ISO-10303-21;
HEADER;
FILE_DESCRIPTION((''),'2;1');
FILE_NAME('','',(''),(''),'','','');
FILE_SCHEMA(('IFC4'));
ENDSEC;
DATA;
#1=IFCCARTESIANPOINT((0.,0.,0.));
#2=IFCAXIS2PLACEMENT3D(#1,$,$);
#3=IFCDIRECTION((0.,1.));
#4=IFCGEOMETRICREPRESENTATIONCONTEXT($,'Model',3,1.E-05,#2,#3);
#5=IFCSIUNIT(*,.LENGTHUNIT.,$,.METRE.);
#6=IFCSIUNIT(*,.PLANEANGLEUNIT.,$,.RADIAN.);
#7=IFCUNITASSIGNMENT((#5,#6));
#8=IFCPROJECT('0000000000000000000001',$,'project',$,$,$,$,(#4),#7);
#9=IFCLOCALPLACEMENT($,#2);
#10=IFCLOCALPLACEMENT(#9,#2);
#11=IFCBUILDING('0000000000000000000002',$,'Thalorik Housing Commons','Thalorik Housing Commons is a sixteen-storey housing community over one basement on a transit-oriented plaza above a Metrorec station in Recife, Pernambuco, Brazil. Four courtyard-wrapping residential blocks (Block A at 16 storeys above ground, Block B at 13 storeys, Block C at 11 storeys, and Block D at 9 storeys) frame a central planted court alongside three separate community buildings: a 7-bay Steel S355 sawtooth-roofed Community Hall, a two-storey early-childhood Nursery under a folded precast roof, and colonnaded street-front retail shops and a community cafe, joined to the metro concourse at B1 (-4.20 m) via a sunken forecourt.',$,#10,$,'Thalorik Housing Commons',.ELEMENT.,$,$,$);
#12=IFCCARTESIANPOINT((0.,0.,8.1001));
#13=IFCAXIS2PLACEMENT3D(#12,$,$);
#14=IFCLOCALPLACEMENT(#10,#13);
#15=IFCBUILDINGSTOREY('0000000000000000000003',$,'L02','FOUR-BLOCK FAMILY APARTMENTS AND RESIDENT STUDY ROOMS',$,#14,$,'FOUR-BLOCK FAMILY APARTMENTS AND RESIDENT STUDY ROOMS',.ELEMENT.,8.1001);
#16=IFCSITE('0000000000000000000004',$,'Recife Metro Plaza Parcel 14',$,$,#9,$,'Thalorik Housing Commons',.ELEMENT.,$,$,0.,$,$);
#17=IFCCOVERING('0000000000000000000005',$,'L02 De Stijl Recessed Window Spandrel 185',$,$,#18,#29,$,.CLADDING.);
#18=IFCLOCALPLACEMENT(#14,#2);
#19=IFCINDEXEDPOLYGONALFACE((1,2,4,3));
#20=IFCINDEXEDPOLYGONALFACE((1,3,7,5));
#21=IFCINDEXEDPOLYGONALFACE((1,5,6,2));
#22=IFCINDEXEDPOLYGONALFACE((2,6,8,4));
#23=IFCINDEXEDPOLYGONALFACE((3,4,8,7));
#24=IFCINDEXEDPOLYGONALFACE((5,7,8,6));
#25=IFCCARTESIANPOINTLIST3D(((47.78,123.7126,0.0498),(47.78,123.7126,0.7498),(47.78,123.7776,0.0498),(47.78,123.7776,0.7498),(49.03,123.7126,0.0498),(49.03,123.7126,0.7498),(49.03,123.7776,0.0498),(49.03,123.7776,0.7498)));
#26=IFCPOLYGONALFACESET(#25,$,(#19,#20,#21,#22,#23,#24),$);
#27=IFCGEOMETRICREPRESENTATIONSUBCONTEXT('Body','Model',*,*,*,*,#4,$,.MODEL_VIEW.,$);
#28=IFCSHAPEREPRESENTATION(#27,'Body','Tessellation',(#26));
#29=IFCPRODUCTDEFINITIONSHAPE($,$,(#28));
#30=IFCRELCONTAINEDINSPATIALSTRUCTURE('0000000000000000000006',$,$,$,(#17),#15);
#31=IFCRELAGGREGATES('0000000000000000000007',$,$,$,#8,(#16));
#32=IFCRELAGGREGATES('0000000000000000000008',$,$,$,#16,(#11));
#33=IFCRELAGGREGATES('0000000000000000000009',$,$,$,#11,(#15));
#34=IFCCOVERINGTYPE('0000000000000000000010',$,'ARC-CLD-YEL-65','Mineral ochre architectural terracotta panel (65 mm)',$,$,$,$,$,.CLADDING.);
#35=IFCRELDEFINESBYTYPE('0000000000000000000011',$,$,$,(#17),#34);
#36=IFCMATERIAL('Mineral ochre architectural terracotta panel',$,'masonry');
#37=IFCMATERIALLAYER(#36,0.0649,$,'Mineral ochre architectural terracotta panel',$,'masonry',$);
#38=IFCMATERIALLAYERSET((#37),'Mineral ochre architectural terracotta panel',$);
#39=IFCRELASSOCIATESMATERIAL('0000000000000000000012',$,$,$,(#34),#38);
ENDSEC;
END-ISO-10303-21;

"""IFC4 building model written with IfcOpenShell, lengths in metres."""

from ifc_helpers import new_model, si_unit, direction, frame, origin, origin_2d, place, context, subcontext, project, spatial, rectangle, extrude, material, layer, layer_set, type_object, element, save


model = new_model("IFC4")

# Units and contexts
model_context = context("Model", 3, precision=1e-05, world=origin(), true_north=direction((0.0, 1.0)))
body_context = subcontext(model_context, "Body", "Model", "MODEL_VIEW")
ifc_project = project(units=[si_unit("LENGTHUNIT", "METRE"), si_unit("PLANEANGLEUNIT", "RADIAN")], contexts=[model_context])

# Site, building, storey
site_placement = place(None, origin())
site = spatial("IfcSite", under=ifc_project, at=site_placement, Name="Recife Metro Plaza Parcel 14", LongName="Thalorik Housing Commons", CompositionType="ELEMENT", RefElevation=0.0)
building_placement = place(site_placement, origin())
building = spatial("IfcBuilding", under=site, at=building_placement, Name="Thalorik Housing Commons", Description="Thalorik Housing Commons is a sixteen-storey housing community over one basement on a transit-oriented plaza above a Metrorec station in Recife, Pernambuco, Brazil. Four courtyard-wrapping residential blocks (Block A at 16 storeys above ground, Block B at 13 storeys, Block C at 11 storeys, and Block D at 9 storeys) frame a central planted court alongside three separate community buildings: a 7-bay Steel S355 sawtooth-roofed Community Hall, a two-storey early-childhood Nursery under a folded precast roof, and colonnaded street-front retail shops and a community cafe, joined to the metro concourse at B1 (-4.20 m) via a sunken forecourt.", LongName="Thalorik Housing Commons", CompositionType="ELEMENT")
storey_placement = place(building_placement, frame((0.0, 0.0, 8.1001)))
storey = spatial("IfcBuildingStorey", under=building, at=storey_placement, Name="L02", Description="FOUR-BLOCK FAMILY APARTMENTS AND RESIDENT STUDY ROOMS", LongName="FOUR-BLOCK FAMILY APARTMENTS AND RESIDENT STUDY ROOMS", CompositionType="ELEMENT", Elevation=8.1001)

# Covering
ifc_material_1 = material(Name="Mineral ochre architectural terracotta panel", Category="masonry")
ifc_layer_1 = layer(ifc_material_1, 0.0649, Name="Mineral ochre architectural terracotta panel", Category="masonry")
ifc_layer_set_1 = layer_set([ifc_layer_1], Name="Mineral ochre architectural terracotta panel")
covering_type_1 = type_object("IfcCoveringType", Name="ARC-CLD-YEL-65", Description="Mineral ochre architectural terracotta panel (65 mm)", PredefinedType="CLADDING", material=ifc_layer_set_1)
covering_1_placement = place(storey_placement, frame((48.405, 123.7451, 0.0498), z_axis=(0.0, 0.0, 1.0), x_axis=(-1.0, 0.0, 0.0)))
element("IfcCovering", 1, at=covering_1_placement, inside=storey, type_object=covering_type_1, Name="L02 De Stijl Recessed Window Spandrel 185", PredefinedType="CLADDING", context=body_context, shape_type="SweptSolid", body=[
    extrude(rectangle(XDim=1.25, YDim=0.0649, at=origin_2d()), origin(), (0.0, 0.0, 1.0), 0.7),
])

save(model, "model.ifc")
